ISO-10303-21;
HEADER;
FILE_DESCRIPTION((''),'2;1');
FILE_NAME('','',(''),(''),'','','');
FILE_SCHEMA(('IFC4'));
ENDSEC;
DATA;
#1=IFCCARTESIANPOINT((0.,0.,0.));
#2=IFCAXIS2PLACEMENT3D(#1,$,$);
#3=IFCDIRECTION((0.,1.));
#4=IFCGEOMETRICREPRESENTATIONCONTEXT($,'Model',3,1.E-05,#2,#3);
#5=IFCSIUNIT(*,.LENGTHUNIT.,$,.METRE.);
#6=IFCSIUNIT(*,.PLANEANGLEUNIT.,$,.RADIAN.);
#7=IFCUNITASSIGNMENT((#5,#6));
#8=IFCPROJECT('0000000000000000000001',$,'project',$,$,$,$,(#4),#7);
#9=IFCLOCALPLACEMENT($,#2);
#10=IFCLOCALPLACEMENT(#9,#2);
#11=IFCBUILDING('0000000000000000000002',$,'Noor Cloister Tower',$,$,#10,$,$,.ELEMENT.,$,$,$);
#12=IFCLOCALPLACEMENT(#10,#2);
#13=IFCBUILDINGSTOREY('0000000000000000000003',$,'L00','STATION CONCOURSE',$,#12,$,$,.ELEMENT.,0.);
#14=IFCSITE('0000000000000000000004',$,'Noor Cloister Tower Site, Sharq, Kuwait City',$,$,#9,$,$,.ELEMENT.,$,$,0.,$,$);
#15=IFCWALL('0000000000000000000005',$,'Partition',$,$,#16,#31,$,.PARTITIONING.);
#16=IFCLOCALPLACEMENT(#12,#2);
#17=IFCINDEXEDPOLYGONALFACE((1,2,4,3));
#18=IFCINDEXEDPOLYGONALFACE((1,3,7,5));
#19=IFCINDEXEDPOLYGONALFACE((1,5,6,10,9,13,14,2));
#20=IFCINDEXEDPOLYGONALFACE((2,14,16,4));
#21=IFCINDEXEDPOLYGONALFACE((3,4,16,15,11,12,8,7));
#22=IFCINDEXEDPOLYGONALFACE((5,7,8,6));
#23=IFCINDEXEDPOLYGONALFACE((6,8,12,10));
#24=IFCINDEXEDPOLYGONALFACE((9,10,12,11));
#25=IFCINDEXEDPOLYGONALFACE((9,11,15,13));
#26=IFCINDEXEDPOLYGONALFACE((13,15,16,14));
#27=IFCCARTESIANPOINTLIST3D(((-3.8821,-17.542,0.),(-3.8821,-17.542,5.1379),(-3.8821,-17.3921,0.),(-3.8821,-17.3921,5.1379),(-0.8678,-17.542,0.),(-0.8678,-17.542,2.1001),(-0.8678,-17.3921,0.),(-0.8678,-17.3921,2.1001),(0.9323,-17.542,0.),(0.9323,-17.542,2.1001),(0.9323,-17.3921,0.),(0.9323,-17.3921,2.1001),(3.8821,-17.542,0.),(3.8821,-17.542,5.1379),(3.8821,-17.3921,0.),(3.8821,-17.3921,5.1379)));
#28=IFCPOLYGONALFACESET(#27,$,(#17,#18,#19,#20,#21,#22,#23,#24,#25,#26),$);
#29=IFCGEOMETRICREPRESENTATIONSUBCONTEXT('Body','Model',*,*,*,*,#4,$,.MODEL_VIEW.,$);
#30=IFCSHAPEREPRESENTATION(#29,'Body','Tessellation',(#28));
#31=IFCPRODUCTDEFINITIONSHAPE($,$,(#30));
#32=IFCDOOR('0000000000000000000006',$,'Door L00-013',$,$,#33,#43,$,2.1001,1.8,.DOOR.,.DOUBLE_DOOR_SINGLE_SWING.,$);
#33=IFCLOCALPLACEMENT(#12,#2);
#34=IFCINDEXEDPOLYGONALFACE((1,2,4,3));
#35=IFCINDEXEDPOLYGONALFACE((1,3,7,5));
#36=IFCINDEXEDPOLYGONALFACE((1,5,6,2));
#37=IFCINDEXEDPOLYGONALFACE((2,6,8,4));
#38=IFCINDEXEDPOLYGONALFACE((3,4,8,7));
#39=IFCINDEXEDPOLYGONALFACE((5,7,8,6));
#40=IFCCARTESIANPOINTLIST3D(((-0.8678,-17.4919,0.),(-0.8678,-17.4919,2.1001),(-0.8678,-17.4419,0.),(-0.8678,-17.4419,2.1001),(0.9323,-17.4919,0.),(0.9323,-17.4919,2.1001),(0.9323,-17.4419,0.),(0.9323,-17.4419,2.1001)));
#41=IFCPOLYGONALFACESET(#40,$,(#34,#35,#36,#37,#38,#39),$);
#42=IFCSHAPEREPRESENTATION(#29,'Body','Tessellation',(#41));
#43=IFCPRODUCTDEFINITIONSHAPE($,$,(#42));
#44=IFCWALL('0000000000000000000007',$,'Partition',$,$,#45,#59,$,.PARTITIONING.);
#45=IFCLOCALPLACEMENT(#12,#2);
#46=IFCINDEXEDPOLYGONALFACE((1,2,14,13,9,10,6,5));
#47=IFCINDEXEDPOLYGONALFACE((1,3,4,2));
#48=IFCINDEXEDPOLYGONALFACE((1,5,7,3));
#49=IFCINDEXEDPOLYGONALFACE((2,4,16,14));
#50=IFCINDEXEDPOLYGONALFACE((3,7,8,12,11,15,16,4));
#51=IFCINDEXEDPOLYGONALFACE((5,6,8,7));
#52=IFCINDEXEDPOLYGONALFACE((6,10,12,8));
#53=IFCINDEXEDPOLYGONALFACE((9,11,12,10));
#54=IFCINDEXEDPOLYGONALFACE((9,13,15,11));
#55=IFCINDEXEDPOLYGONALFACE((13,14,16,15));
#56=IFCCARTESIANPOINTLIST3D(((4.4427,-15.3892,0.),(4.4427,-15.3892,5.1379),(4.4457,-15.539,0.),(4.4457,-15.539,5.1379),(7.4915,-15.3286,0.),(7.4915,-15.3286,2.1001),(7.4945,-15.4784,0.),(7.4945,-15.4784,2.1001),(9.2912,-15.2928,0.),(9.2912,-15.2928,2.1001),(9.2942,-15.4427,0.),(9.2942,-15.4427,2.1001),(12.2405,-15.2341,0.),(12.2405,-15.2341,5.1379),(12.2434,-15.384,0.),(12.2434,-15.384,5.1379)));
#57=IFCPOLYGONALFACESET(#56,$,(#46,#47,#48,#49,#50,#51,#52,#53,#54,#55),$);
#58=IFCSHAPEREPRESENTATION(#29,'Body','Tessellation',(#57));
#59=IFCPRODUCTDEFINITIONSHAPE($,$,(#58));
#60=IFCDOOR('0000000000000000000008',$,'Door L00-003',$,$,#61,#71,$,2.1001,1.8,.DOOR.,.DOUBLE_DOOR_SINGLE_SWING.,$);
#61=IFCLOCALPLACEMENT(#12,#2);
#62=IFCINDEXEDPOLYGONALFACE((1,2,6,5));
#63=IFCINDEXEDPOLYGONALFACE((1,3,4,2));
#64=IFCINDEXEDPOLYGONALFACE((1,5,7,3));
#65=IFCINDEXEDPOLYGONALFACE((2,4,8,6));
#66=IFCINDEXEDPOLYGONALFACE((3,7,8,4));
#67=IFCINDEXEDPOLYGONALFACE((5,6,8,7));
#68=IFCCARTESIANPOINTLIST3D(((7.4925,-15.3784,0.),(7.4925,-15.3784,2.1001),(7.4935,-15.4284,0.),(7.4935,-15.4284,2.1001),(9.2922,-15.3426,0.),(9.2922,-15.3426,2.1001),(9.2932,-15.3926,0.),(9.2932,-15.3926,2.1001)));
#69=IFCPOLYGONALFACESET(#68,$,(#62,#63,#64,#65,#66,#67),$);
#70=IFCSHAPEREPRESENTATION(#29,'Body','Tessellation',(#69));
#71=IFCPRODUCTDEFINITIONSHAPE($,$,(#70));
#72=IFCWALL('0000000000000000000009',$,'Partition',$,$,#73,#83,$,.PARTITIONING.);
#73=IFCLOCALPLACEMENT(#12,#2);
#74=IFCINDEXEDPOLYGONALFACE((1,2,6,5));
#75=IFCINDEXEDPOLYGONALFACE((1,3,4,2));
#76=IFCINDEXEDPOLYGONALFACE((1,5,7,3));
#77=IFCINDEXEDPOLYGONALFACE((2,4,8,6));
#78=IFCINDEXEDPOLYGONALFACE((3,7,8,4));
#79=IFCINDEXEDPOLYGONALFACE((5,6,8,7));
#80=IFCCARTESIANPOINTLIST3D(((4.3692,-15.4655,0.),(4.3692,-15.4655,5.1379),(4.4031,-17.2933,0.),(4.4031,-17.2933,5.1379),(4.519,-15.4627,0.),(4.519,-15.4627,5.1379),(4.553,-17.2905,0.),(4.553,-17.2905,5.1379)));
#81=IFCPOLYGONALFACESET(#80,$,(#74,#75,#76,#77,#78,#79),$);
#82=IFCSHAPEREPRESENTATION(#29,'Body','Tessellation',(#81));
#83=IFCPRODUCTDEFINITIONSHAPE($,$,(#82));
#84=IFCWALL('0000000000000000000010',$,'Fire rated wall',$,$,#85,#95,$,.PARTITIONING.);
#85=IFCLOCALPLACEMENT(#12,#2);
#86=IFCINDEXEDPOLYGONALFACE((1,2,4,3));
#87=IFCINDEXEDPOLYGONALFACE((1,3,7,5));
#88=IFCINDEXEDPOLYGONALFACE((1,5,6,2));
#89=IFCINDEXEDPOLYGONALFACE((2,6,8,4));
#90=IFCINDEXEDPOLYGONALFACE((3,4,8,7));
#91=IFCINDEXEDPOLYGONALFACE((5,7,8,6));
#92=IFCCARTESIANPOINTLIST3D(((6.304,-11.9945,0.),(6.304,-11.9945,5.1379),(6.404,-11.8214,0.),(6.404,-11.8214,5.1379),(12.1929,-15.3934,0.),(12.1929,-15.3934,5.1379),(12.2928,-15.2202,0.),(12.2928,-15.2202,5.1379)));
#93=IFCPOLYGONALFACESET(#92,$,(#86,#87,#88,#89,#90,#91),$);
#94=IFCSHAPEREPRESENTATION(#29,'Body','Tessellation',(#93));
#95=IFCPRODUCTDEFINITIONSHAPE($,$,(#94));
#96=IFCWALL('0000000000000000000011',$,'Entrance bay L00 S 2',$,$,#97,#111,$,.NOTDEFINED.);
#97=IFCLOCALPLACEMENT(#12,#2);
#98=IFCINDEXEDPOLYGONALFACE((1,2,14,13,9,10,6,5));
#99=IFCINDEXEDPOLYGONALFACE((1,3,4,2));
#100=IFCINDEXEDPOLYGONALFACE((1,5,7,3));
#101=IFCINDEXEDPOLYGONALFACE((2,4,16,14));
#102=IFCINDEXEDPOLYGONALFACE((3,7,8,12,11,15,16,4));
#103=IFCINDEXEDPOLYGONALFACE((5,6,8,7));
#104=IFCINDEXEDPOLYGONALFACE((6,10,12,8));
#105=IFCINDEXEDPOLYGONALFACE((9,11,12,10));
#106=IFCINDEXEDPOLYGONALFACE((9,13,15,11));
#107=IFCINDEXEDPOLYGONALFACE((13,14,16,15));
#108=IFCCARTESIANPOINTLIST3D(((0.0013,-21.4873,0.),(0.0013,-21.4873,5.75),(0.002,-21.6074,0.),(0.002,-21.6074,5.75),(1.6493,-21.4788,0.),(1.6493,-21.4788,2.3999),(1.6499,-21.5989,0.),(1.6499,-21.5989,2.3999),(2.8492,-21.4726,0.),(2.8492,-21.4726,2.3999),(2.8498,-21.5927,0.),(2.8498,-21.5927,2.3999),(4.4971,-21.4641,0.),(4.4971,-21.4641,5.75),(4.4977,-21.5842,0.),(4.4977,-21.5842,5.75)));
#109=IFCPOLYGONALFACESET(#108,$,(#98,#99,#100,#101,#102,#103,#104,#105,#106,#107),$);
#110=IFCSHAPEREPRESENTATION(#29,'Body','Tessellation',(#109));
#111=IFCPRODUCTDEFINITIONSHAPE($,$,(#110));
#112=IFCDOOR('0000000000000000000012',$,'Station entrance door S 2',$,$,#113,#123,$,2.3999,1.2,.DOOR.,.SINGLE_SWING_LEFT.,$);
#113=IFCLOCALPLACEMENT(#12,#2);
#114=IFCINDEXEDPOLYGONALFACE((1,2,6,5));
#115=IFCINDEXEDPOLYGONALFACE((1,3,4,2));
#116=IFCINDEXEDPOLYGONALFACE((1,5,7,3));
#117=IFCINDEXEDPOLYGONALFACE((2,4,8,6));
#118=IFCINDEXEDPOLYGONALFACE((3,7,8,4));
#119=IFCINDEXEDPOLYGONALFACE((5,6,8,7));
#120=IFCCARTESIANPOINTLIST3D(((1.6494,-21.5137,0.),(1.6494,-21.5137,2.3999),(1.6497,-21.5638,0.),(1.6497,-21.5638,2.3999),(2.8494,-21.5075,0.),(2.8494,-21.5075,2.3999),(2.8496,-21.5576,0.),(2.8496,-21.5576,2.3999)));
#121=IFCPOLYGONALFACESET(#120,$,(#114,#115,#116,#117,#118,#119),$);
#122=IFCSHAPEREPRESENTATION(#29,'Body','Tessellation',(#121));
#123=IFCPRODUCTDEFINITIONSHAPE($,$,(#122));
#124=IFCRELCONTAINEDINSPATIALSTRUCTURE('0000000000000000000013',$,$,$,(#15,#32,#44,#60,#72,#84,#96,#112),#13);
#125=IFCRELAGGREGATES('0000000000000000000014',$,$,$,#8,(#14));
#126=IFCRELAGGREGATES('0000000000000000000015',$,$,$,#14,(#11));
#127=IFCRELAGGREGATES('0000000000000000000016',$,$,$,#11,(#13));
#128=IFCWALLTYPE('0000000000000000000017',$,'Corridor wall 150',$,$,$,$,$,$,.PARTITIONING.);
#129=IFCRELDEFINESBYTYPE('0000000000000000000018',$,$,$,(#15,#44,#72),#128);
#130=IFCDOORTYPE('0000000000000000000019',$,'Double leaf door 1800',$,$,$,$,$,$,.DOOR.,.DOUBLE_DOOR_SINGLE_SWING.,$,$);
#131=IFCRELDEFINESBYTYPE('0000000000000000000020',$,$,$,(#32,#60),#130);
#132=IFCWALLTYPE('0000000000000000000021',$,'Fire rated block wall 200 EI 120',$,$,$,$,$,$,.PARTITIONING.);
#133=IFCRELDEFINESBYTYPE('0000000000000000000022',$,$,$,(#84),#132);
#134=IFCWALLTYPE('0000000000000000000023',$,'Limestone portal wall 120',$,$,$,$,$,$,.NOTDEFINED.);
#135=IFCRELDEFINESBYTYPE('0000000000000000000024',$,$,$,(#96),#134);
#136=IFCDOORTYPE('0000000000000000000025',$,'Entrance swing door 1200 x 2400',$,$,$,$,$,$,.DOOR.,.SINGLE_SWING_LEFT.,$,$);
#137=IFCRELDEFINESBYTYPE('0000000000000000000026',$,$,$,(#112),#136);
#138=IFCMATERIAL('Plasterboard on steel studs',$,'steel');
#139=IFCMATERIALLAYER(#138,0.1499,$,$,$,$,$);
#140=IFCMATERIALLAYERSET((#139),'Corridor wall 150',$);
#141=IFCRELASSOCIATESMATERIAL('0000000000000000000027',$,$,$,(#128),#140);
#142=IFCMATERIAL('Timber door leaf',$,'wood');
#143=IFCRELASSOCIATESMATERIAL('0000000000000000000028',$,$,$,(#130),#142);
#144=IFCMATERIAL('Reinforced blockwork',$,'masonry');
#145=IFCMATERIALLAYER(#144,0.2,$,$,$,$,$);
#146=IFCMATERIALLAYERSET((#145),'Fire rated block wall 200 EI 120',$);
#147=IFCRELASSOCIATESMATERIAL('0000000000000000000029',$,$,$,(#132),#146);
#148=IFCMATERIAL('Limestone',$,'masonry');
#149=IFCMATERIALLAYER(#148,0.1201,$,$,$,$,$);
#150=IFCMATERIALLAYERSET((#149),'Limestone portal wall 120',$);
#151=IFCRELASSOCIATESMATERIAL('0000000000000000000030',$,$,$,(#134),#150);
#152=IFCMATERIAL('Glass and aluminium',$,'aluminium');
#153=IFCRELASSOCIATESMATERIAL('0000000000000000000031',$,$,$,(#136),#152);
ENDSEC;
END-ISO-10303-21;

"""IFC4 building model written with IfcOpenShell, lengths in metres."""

from ifc_helpers import new_model, si_unit, direction, frame, frame_2d, origin, place, context, subcontext, project, spatial, rectangle, extrude, material, layer, layer_set, type_object, element, fill, save


model = new_model("IFC4")

# Units and contexts
model_context = context("Model", 3, precision=1e-05, world=origin(), true_north=direction((0.0, 1.0)))
body_context = subcontext(model_context, "Body", "Model", "MODEL_VIEW")
ifc_project = project(units=[si_unit("LENGTHUNIT", "METRE"), si_unit("PLANEANGLEUNIT", "RADIAN")], contexts=[model_context])

# Site, building, storey
site_placement = place(None, origin())
site = spatial("IfcSite", under=ifc_project, at=site_placement, Name="Noor Cloister Tower Site, Sharq, Kuwait City", CompositionType="ELEMENT", RefElevation=0.0)
building_placement = place(site_placement, origin())
building = spatial("IfcBuilding", under=site, at=building_placement, Name="Noor Cloister Tower", CompositionType="ELEMENT")
storey_placement = place(building_placement, origin())
storey = spatial("IfcBuildingStorey", under=building, at=storey_placement, Name="L00", Description="STATION CONCOURSE", CompositionType="ELEMENT", Elevation=0.0)

# Shared definitions
ifc_material_1 = material(Name="Plasterboard on steel studs", Category="steel")
ifc_layer_1 = layer(ifc_material_1, 0.1499)
ifc_layer_set_1 = layer_set([ifc_layer_1], Name="Corridor wall 150")
wall_type_1 = type_object("IfcWallType", Name="Corridor wall 150", PredefinedType="PARTITIONING", material=ifc_layer_set_1)

# Walls, openings, doors
wall_1_placement = place(storey_placement, frame((3.8821, -17.467, 0.0), z_axis=(0.0, 0.0, 1.0), x_axis=(-1.0, 0.0, 0.0)))
wall_1 = element("IfcWall", 1, at=wall_1_placement, inside=storey, type_object=wall_type_1, Name="Partition", PredefinedType="PARTITIONING", context=body_context, shape_type="SweptSolid", body=[
    extrude(rectangle(XDim=7.7642, YDim=0.1499, at=frame_2d((3.8821, 0.0))), origin(), (0.0, 0.0, 1.0), 5.1379),
])
opening_1_placement = place(wall_1_placement, frame((2.95, 0.0, 0.0)))
opening_1 = element("IfcOpeningElement", 2, at=opening_1_placement, cuts=wall_1, PredefinedType="OPENING", context=body_context, shape_type="SweptSolid", body=[
    extrude(rectangle(XDim=1.8, YDim=2.1001, at=frame_2d((0.8999, 1.05))), frame((0.0, 0.085, 0.0), z_axis=(0.0, -1.0, 0.0), x_axis=(1.0, 0.0, 0.0)), (0.0, 0.0, 1.0), 0.1699),
])
ifc_material_2 = material(Name="Timber door leaf", Category="wood")
door_type_1 = type_object("IfcDoorType", Name="Double leaf door 1800", OperationType="DOUBLE_DOOR_SINGLE_SWING", PredefinedType="DOOR", material=ifc_material_2)
door_1_placement = place(opening_1_placement, origin())
door_1 = element("IfcDoor", 3, at=door_1_placement, inside=storey, type_object=door_type_1, Name="Door L00-013", OperationType="DOUBLE_DOOR_SINGLE_SWING", OverallHeight=2.1001, OverallWidth=1.8, PredefinedType="DOOR", context=body_context, shape_type="SweptSolid", body=[
    extrude(rectangle(XDim=1.8, YDim=2.1001, at=frame_2d((0.8999, 1.05))), frame((0.0, 0.0249, 0.0), z_axis=(0.0, -1.0, 0.0), x_axis=(1.0, 0.0, 0.0)), (0.0, 0.0, 1.0), 0.05),
])
fill(opening_1, door_1)
wall_2_placement = place(storey_placement, frame((12.2419, -15.3091, 0.0), z_axis=(0.0, 0.0, 1.0), x_axis=(-0.999802, -0.019877, 0.0)))
wall_2 = element("IfcWall", 4, at=wall_2_placement, inside=storey, type_object=wall_type_1, Name="Partition", PredefinedType="PARTITIONING", context=body_context, shape_type="SweptSolid", body=[
    extrude(rectangle(XDim=7.7993, YDim=0.1499, at=frame_2d((3.8997, 0.0))), origin(), (0.0, 0.0, 1.0), 5.1379),
])
opening_2_placement = place(wall_2_placement, frame((2.95, 0.0, 0.0)))
opening_2 = element("IfcOpeningElement", 5, at=opening_2_placement, cuts=wall_2, PredefinedType="OPENING", context=body_context, shape_type="SweptSolid", body=[
    extrude(rectangle(XDim=1.8, YDim=2.1001, at=frame_2d((0.8999, 1.05))), frame((0.0, 0.085, 0.0), z_axis=(0.0, -1.0, 0.0), x_axis=(1.0, 0.0, 0.0)), (0.0, 0.0, 1.0), 0.1699),
])
door_2_placement = place(opening_2_placement, origin())
door_2 = element("IfcDoor", 6, at=door_2_placement, inside=storey, type_object=door_type_1, Name="Door L00-003", OperationType="DOUBLE_DOOR_SINGLE_SWING", OverallHeight=2.1001, OverallWidth=1.8, PredefinedType="DOOR", context=body_context, shape_type="SweptSolid", body=[
    extrude(rectangle(XDim=1.8, YDim=2.1001, at=frame_2d((0.8999, 1.05))), frame((0.0, 0.0249, 0.0), z_axis=(0.0, -1.0, 0.0), x_axis=(1.0, 0.0, 0.0)), (0.0, 0.0, 1.0), 0.05),
])
fill(opening_2, door_2)

# Walls
wall_3_placement = place(storey_placement, frame((4.4441, -15.4641, 0.0), z_axis=(0.0, 0.0, 1.0), x_axis=(0.018562, -0.999828, 0.0)))
element("IfcWall", 7, at=wall_3_placement, inside=storey, type_object=wall_type_1, Name="Partition", PredefinedType="PARTITIONING", context=body_context, shape_type="SweptSolid", body=[
    extrude(rectangle(XDim=1.8281, YDim=0.1499, at=frame_2d((0.9141, 0.0))), origin(), (0.0, 0.0, 1.0), 5.1379),
])
ifc_material_3 = material(Name="Reinforced blockwork", Category="masonry")
ifc_layer_2 = layer(ifc_material_3, 0.2)
ifc_layer_set_2 = layer_set([ifc_layer_2], Name="Fire rated block wall 200 EI 120")
wall_type_2 = type_object("IfcWallType", Name="Fire rated block wall 200 EI 120", PredefinedType="PARTITIONING", material=ifc_layer_set_2)
wall_4_placement = place(storey_placement, frame((6.354, -11.908, 0.0), z_axis=(0.0, 0.0, 1.0), x_axis=(0.866092, -0.499885, 0.0)))
element("IfcWall", 8, at=wall_4_placement, inside=storey, type_object=wall_type_2, Name="Fire rated wall", PredefinedType="PARTITIONING", context=body_context, shape_type="SweptSolid", body=[
    extrude(rectangle(XDim=6.7993, YDim=0.2, at=frame_2d((3.3997, 0.0))), origin(), (0.0, 0.0, 1.0), 5.1379),
])

# Wall, opening, door
ifc_material_4 = material(Name="Limestone", Category="masonry")
ifc_layer_3 = layer(ifc_material_4, 0.1201)
ifc_layer_set_3 = layer_set([ifc_layer_3], Name="Limestone portal wall 120")
wall_type_3 = type_object("IfcWallType", Name="Limestone portal wall 120", PredefinedType="NOTDEFINED", material=ifc_layer_set_3)
wall_5_placement = place(storey_placement, frame((4.4976, -21.5242, 0.0), z_axis=(0.0, 0.0, 1.0), x_axis=(-0.999987, -0.005159, 0.0)))
wall_5 = element("IfcWall", 9, at=wall_5_placement, inside=storey, type_object=wall_type_3, Name="Entrance bay L00 S 2", PredefinedType="NOTDEFINED", context=body_context, shape_type="SweptSolid", body=[
    extrude(rectangle(XDim=4.4958, YDim=0.1201, at=frame_2d((2.248, 0.0))), origin(), (0.0, 0.0, 1.0), 5.75),
])
opening_3_placement = place(wall_5_placement, frame((1.6479, 0.0, 0.0)))
opening_3 = element("IfcOpeningElement", 10, at=opening_3_placement, cuts=wall_5, PredefinedType="OPENING", context=body_context, shape_type="SweptSolid", body=[
    extrude(rectangle(XDim=1.2, YDim=2.3999, at=frame_2d((0.6001, 1.2))), frame((0.0, 0.0701, 0.0), z_axis=(0.0, -1.0, 0.0), x_axis=(1.0, 0.0, 0.0)), (0.0, 0.0, 1.0), 0.1401),
])
ifc_material_5 = material(Name="Glass and aluminium", Category="aluminium")
door_type_2 = type_object("IfcDoorType", Name="Entrance swing door 1200 x 2400", OperationType="SINGLE_SWING_LEFT", PredefinedType="DOOR", material=ifc_material_5)
door_3_placement = place(opening_3_placement, origin())
door_3 = element("IfcDoor", 11, at=door_3_placement, inside=storey, type_object=door_type_2, Name="Station entrance door S 2", OperationType="SINGLE_SWING_LEFT", OverallHeight=2.3999, OverallWidth=1.2, PredefinedType="DOOR", context=body_context, shape_type="SweptSolid", body=[
    extrude(rectangle(XDim=1.2, YDim=2.3999, at=frame_2d((0.6001, 1.2))), frame((0.0, 0.0249, 0.0), z_axis=(0.0, -1.0, 0.0), x_axis=(1.0, 0.0, 0.0)), (0.0, 0.0, 1.0), 0.05),
])
fill(opening_3, door_3)

save(model, "model.ifc")
